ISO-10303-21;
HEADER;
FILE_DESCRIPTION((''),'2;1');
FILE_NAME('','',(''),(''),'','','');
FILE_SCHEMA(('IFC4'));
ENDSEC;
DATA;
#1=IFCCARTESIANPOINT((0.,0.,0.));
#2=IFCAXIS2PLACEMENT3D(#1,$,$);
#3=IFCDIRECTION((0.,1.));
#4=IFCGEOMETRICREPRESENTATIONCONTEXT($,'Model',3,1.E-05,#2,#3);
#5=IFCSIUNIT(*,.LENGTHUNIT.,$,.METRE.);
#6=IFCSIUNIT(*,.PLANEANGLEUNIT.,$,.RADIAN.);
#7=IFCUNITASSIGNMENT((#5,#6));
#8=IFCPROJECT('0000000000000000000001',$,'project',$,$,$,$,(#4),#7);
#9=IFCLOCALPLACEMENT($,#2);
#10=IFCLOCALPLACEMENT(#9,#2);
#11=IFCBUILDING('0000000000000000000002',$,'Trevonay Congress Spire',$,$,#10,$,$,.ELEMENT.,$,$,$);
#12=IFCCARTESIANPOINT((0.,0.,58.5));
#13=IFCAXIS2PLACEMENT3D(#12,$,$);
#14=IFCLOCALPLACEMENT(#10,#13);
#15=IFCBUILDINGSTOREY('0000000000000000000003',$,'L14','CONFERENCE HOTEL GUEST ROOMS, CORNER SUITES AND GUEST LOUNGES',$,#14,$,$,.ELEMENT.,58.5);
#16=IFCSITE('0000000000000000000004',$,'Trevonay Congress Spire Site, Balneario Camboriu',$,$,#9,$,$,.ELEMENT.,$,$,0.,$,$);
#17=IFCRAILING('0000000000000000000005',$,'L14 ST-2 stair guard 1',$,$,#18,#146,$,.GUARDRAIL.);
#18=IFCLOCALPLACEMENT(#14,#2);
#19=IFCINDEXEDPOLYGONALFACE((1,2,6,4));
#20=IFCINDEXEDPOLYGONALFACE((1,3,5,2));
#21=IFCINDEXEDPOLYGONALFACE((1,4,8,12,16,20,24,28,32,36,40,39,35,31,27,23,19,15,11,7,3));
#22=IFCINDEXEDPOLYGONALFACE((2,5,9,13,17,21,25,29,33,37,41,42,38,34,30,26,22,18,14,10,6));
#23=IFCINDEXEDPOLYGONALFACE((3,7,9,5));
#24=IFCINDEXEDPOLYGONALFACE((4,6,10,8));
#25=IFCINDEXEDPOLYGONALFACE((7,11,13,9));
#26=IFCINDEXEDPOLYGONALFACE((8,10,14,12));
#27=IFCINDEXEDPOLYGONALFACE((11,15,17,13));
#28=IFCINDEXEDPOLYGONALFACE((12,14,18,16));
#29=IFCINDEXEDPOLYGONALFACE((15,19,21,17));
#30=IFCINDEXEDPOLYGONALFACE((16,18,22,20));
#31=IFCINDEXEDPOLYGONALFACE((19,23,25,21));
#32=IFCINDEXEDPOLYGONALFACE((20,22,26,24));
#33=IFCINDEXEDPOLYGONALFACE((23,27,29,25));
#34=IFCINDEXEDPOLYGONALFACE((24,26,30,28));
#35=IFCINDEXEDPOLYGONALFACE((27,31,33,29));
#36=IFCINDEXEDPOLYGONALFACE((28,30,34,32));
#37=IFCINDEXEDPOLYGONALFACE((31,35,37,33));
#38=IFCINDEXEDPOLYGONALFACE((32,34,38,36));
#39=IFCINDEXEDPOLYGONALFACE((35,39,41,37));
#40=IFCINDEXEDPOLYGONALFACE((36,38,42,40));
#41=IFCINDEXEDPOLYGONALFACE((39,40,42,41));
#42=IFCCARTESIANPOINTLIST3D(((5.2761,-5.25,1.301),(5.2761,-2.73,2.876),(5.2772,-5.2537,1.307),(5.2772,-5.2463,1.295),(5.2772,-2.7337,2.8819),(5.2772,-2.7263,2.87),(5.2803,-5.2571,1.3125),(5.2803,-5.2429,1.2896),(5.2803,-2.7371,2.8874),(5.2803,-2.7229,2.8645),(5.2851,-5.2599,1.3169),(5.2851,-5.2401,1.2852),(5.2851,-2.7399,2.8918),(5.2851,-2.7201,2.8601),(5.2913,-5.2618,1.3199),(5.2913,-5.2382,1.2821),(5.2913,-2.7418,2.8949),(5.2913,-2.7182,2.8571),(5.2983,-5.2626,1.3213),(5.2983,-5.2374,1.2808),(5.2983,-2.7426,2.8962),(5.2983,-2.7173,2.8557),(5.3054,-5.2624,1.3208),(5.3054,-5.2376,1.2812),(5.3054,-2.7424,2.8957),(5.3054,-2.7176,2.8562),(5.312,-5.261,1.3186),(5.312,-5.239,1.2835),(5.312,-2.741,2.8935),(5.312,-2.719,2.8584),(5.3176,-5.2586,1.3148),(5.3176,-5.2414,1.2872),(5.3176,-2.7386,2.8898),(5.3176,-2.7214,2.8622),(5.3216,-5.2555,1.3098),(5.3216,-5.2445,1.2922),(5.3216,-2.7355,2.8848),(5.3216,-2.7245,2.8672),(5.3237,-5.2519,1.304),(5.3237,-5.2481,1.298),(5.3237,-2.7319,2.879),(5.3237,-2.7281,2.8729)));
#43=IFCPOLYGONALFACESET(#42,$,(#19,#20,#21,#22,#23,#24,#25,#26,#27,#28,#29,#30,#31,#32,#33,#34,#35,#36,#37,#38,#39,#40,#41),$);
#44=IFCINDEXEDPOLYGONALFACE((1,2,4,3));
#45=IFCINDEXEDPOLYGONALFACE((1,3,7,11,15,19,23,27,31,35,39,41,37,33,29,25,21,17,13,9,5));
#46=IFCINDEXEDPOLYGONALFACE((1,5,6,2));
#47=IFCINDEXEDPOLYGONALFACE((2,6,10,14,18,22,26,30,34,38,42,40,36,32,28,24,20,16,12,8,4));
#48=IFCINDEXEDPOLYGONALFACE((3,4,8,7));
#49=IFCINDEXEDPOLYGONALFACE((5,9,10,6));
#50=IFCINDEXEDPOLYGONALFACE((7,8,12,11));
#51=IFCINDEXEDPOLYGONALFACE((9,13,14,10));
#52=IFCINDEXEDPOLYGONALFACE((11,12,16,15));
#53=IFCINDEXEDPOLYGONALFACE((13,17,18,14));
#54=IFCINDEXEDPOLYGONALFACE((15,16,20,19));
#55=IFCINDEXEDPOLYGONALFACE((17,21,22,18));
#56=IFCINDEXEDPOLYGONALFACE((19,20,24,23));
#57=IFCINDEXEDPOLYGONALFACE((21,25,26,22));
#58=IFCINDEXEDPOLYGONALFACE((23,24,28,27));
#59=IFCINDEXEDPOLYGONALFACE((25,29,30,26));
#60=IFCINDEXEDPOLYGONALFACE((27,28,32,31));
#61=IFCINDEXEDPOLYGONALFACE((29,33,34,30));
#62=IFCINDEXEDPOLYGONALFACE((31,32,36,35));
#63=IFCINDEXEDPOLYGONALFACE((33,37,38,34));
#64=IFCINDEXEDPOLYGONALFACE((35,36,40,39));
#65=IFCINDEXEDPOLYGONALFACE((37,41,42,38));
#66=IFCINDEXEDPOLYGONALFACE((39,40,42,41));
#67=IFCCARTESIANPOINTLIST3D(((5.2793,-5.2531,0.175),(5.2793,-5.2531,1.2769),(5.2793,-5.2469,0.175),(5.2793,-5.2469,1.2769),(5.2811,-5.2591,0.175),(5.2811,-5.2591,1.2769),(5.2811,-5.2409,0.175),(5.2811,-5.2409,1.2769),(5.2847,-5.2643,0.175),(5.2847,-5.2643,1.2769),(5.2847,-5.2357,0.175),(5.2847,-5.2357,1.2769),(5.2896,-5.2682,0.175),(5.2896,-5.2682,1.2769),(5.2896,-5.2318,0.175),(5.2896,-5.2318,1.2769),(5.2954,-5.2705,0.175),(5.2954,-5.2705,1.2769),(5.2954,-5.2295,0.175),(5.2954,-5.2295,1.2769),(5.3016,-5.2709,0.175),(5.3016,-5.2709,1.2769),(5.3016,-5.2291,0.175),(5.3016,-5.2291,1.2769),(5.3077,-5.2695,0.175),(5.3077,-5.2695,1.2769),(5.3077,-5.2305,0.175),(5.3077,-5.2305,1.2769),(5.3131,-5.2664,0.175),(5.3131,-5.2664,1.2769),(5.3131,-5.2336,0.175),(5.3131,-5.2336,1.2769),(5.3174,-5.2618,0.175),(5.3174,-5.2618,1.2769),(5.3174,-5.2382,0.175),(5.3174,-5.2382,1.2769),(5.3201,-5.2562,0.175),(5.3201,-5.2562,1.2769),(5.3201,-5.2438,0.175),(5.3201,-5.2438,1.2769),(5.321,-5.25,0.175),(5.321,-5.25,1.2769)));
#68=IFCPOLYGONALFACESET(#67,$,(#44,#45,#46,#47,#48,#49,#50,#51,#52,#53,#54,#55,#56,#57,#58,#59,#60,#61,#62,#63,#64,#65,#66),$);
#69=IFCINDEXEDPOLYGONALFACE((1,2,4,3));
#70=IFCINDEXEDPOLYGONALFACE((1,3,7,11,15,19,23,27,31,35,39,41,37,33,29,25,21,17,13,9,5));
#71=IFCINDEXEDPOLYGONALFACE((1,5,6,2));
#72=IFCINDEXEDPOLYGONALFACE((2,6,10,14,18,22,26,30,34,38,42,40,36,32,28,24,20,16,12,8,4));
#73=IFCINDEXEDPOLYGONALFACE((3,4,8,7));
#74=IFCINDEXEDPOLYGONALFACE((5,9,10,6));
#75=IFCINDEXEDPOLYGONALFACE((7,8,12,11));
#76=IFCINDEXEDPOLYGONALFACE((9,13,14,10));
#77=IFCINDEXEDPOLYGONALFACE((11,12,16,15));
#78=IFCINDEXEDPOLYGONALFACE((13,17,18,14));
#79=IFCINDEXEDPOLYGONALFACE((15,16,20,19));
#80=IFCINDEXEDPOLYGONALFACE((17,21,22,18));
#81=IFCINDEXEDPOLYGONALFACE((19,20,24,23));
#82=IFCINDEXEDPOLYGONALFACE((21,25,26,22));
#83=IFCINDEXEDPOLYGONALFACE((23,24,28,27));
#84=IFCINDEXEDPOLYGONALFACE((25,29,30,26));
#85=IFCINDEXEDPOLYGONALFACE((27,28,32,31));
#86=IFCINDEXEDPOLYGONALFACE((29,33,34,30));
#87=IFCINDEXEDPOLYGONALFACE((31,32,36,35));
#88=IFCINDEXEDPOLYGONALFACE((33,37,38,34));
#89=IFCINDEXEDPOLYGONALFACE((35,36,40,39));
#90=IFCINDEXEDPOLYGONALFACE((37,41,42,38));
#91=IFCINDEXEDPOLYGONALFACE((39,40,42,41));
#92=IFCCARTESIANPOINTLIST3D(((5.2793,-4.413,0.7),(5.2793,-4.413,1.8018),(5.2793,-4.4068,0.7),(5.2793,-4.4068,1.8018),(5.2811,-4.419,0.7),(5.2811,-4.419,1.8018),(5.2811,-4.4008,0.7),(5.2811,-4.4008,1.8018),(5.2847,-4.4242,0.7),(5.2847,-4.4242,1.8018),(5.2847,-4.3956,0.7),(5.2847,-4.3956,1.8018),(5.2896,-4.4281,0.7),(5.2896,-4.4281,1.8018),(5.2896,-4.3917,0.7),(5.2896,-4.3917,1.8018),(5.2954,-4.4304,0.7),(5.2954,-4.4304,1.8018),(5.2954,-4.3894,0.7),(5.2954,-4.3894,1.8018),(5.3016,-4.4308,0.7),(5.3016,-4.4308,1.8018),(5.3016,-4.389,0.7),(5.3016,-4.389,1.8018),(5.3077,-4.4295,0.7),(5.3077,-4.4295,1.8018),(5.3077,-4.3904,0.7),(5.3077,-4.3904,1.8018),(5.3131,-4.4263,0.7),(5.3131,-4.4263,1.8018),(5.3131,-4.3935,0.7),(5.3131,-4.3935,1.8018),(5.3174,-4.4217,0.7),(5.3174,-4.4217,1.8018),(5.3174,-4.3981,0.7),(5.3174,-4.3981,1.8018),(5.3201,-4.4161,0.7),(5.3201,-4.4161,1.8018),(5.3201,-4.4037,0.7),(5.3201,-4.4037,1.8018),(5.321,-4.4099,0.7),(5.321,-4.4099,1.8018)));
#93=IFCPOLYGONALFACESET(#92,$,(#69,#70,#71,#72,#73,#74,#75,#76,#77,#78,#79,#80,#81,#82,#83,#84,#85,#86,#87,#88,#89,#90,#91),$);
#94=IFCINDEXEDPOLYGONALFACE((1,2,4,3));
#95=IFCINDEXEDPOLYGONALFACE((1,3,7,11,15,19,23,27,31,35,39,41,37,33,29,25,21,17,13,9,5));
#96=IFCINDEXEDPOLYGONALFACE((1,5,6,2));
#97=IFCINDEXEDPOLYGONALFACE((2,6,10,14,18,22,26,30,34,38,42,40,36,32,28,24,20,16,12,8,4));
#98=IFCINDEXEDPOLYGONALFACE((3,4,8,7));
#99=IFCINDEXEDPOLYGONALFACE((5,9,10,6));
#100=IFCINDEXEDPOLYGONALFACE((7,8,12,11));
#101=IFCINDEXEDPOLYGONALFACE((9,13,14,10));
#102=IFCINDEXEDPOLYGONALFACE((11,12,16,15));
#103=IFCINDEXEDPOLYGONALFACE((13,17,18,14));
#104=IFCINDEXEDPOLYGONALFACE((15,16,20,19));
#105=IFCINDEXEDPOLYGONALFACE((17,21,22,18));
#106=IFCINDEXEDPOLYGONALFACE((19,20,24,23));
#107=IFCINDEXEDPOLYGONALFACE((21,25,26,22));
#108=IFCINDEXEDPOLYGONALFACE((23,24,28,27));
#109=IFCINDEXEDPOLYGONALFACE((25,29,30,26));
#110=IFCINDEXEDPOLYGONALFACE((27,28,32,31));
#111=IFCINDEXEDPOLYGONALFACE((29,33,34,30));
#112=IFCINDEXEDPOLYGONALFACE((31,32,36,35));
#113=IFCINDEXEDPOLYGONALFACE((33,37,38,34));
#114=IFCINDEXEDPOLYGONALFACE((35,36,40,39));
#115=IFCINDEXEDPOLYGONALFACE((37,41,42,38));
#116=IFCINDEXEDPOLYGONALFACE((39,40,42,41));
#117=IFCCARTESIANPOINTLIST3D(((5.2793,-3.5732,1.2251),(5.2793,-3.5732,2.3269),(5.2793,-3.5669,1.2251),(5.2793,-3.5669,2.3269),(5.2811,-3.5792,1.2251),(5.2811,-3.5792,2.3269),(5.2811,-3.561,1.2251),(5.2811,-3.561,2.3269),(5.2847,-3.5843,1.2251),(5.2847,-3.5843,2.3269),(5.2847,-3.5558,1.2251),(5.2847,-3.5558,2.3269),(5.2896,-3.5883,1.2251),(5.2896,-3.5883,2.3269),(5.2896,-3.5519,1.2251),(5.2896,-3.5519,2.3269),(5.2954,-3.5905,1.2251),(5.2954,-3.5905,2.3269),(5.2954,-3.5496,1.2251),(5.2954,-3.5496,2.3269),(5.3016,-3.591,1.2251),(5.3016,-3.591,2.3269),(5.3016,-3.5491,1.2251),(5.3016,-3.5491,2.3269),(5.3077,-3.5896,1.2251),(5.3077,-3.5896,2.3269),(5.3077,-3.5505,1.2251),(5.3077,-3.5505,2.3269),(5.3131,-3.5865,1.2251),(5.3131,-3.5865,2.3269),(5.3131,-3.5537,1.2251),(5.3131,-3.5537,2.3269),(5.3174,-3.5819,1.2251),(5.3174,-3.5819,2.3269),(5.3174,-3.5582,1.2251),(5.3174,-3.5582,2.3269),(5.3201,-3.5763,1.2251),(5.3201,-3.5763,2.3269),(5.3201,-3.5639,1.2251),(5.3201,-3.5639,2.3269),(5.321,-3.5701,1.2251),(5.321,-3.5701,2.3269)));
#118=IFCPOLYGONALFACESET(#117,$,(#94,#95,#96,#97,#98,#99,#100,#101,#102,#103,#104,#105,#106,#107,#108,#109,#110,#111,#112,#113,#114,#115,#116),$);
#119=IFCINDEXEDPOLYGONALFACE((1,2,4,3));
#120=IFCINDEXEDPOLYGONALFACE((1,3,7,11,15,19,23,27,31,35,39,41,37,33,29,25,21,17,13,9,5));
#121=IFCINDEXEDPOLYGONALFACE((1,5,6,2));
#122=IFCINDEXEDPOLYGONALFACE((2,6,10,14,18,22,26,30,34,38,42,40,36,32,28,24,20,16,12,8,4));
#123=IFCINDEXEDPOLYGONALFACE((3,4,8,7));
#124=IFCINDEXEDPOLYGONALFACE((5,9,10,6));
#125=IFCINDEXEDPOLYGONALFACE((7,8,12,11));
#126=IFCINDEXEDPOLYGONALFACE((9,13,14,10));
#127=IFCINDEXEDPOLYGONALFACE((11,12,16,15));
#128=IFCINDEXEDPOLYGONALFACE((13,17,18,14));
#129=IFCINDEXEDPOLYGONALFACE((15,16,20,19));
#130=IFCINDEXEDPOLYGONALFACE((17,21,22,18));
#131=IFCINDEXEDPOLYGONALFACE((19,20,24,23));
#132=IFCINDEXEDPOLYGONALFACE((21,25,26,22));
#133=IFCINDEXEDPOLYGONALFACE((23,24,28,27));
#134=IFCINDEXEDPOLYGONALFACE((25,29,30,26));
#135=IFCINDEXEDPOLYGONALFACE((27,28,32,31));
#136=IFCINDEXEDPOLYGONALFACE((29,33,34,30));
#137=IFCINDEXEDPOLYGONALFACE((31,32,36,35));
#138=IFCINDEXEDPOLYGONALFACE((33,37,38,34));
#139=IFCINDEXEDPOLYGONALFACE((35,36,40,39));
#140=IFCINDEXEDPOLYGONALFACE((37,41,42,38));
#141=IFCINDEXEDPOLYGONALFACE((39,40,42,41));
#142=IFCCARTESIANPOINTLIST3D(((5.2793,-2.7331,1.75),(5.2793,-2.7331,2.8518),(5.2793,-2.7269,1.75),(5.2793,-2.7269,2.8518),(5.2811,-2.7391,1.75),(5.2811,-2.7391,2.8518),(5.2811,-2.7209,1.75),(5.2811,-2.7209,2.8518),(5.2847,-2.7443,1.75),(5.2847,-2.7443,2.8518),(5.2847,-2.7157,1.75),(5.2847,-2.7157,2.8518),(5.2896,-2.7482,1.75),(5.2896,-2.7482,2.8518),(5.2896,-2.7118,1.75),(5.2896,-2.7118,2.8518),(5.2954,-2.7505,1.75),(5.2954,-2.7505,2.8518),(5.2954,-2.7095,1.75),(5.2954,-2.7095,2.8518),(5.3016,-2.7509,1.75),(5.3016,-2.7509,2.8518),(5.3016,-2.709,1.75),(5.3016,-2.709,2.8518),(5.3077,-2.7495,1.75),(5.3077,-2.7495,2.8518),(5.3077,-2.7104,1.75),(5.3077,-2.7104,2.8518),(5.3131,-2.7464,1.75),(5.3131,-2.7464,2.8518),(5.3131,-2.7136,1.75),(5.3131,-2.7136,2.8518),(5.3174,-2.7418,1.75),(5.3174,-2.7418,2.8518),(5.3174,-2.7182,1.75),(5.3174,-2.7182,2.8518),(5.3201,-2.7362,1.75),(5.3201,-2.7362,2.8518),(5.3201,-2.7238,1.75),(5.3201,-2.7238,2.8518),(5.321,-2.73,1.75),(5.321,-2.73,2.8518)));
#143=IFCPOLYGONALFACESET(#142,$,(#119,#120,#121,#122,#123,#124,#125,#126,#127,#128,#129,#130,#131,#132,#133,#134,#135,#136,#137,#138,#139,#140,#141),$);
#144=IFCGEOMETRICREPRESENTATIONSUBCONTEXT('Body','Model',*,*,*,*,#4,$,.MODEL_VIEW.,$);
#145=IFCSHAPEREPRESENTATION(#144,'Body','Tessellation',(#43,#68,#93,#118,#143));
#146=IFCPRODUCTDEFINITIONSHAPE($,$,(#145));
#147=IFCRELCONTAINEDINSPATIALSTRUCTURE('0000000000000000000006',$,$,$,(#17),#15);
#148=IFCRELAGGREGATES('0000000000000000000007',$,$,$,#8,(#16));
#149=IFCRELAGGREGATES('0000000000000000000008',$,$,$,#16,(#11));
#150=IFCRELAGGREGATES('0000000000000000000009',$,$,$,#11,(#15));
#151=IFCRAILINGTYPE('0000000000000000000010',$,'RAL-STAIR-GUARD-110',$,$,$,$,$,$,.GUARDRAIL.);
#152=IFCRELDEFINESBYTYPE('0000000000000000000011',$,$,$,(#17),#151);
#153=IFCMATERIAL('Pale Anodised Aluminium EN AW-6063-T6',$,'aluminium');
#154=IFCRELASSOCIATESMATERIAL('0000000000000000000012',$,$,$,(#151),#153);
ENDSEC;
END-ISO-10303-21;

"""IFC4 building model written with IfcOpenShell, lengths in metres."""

from ifc_helpers import new_model, si_unit, direction, frame, origin, origin_2d, place, context, subcontext, project, spatial, circle, extrude, material, type_object, element, save


model = new_model("IFC4")

# Units and contexts
model_context = context("Model", 3, precision=1e-05, world=origin(), true_north=direction((0.0, 1.0)))
body_context = subcontext(model_context, "Body", "Model", "MODEL_VIEW")
ifc_project = project(units=[si_unit("LENGTHUNIT", "METRE"), si_unit("PLANEANGLEUNIT", "RADIAN")], contexts=[model_context])

# Site, building, storey
site_placement = place(None, origin())
site = spatial("IfcSite", under=ifc_project, at=site_placement, Name="Trevonay Congress Spire Site, Balneario Camboriu", CompositionType="ELEMENT", RefElevation=0.0)
building_placement = place(site_placement, origin())
building = spatial("IfcBuilding", under=site, at=building_placement, Name="Trevonay Congress Spire", CompositionType="ELEMENT")
storey_placement = place(building_placement, frame((0.0, 0.0, 58.5)))
storey = spatial("IfcBuildingStorey", under=building, at=storey_placement, Name="L14", Description="CONFERENCE HOTEL GUEST ROOMS, CORNER SUITES AND GUEST LOUNGES", CompositionType="ELEMENT", Elevation=58.5)

# Railing
ifc_material_1 = material(Name="Pale Anodised Aluminium EN AW-6063-T6", Category="aluminium")
railing_type_1 = type_object("IfcRailingType", Name="RAL-STAIR-GUARD-110", PredefinedType="GUARDRAIL", material=ifc_material_1)
railing_1_placement = place(storey_placement, frame((5.3, -5.25, 0.175)))
element("IfcRailing", 1, at=railing_1_placement, inside=storey, type_object=railing_type_1, Name="L14 ST-2 stair guard 1", PredefinedType="GUARDRAIL", context=body_context, shape_type="SweptSolid", body=[
    extrude(circle(Radius=0.0239, at=origin_2d()), frame((0.0, 0.0, 1.126), z_axis=(0.0, 0.848008, 0.529984), x_axis=(-1.0, 0.0, 0.0)), (0.0, 0.0, 1.0), 2.9717),
    extrude(circle(Radius=0.021, at=origin_2d()), origin(), (0.0, 0.0, 1.0), 1.1018),
    extrude(circle(Radius=0.021, at=origin_2d()), frame((0.0, 0.8401, 0.5249)), (0.0, 0.0, 1.0), 1.1018),
    extrude(circle(Radius=0.021, at=origin_2d()), frame((0.0, 1.6799, 1.05)), (0.0, 0.0, 1.0), 1.1018),
    extrude(circle(Radius=0.021, at=origin_2d()), frame((0.0, 2.52, 1.575)), (0.0, 0.0, 1.0), 1.1018),
])

save(model, "model.ifc")
